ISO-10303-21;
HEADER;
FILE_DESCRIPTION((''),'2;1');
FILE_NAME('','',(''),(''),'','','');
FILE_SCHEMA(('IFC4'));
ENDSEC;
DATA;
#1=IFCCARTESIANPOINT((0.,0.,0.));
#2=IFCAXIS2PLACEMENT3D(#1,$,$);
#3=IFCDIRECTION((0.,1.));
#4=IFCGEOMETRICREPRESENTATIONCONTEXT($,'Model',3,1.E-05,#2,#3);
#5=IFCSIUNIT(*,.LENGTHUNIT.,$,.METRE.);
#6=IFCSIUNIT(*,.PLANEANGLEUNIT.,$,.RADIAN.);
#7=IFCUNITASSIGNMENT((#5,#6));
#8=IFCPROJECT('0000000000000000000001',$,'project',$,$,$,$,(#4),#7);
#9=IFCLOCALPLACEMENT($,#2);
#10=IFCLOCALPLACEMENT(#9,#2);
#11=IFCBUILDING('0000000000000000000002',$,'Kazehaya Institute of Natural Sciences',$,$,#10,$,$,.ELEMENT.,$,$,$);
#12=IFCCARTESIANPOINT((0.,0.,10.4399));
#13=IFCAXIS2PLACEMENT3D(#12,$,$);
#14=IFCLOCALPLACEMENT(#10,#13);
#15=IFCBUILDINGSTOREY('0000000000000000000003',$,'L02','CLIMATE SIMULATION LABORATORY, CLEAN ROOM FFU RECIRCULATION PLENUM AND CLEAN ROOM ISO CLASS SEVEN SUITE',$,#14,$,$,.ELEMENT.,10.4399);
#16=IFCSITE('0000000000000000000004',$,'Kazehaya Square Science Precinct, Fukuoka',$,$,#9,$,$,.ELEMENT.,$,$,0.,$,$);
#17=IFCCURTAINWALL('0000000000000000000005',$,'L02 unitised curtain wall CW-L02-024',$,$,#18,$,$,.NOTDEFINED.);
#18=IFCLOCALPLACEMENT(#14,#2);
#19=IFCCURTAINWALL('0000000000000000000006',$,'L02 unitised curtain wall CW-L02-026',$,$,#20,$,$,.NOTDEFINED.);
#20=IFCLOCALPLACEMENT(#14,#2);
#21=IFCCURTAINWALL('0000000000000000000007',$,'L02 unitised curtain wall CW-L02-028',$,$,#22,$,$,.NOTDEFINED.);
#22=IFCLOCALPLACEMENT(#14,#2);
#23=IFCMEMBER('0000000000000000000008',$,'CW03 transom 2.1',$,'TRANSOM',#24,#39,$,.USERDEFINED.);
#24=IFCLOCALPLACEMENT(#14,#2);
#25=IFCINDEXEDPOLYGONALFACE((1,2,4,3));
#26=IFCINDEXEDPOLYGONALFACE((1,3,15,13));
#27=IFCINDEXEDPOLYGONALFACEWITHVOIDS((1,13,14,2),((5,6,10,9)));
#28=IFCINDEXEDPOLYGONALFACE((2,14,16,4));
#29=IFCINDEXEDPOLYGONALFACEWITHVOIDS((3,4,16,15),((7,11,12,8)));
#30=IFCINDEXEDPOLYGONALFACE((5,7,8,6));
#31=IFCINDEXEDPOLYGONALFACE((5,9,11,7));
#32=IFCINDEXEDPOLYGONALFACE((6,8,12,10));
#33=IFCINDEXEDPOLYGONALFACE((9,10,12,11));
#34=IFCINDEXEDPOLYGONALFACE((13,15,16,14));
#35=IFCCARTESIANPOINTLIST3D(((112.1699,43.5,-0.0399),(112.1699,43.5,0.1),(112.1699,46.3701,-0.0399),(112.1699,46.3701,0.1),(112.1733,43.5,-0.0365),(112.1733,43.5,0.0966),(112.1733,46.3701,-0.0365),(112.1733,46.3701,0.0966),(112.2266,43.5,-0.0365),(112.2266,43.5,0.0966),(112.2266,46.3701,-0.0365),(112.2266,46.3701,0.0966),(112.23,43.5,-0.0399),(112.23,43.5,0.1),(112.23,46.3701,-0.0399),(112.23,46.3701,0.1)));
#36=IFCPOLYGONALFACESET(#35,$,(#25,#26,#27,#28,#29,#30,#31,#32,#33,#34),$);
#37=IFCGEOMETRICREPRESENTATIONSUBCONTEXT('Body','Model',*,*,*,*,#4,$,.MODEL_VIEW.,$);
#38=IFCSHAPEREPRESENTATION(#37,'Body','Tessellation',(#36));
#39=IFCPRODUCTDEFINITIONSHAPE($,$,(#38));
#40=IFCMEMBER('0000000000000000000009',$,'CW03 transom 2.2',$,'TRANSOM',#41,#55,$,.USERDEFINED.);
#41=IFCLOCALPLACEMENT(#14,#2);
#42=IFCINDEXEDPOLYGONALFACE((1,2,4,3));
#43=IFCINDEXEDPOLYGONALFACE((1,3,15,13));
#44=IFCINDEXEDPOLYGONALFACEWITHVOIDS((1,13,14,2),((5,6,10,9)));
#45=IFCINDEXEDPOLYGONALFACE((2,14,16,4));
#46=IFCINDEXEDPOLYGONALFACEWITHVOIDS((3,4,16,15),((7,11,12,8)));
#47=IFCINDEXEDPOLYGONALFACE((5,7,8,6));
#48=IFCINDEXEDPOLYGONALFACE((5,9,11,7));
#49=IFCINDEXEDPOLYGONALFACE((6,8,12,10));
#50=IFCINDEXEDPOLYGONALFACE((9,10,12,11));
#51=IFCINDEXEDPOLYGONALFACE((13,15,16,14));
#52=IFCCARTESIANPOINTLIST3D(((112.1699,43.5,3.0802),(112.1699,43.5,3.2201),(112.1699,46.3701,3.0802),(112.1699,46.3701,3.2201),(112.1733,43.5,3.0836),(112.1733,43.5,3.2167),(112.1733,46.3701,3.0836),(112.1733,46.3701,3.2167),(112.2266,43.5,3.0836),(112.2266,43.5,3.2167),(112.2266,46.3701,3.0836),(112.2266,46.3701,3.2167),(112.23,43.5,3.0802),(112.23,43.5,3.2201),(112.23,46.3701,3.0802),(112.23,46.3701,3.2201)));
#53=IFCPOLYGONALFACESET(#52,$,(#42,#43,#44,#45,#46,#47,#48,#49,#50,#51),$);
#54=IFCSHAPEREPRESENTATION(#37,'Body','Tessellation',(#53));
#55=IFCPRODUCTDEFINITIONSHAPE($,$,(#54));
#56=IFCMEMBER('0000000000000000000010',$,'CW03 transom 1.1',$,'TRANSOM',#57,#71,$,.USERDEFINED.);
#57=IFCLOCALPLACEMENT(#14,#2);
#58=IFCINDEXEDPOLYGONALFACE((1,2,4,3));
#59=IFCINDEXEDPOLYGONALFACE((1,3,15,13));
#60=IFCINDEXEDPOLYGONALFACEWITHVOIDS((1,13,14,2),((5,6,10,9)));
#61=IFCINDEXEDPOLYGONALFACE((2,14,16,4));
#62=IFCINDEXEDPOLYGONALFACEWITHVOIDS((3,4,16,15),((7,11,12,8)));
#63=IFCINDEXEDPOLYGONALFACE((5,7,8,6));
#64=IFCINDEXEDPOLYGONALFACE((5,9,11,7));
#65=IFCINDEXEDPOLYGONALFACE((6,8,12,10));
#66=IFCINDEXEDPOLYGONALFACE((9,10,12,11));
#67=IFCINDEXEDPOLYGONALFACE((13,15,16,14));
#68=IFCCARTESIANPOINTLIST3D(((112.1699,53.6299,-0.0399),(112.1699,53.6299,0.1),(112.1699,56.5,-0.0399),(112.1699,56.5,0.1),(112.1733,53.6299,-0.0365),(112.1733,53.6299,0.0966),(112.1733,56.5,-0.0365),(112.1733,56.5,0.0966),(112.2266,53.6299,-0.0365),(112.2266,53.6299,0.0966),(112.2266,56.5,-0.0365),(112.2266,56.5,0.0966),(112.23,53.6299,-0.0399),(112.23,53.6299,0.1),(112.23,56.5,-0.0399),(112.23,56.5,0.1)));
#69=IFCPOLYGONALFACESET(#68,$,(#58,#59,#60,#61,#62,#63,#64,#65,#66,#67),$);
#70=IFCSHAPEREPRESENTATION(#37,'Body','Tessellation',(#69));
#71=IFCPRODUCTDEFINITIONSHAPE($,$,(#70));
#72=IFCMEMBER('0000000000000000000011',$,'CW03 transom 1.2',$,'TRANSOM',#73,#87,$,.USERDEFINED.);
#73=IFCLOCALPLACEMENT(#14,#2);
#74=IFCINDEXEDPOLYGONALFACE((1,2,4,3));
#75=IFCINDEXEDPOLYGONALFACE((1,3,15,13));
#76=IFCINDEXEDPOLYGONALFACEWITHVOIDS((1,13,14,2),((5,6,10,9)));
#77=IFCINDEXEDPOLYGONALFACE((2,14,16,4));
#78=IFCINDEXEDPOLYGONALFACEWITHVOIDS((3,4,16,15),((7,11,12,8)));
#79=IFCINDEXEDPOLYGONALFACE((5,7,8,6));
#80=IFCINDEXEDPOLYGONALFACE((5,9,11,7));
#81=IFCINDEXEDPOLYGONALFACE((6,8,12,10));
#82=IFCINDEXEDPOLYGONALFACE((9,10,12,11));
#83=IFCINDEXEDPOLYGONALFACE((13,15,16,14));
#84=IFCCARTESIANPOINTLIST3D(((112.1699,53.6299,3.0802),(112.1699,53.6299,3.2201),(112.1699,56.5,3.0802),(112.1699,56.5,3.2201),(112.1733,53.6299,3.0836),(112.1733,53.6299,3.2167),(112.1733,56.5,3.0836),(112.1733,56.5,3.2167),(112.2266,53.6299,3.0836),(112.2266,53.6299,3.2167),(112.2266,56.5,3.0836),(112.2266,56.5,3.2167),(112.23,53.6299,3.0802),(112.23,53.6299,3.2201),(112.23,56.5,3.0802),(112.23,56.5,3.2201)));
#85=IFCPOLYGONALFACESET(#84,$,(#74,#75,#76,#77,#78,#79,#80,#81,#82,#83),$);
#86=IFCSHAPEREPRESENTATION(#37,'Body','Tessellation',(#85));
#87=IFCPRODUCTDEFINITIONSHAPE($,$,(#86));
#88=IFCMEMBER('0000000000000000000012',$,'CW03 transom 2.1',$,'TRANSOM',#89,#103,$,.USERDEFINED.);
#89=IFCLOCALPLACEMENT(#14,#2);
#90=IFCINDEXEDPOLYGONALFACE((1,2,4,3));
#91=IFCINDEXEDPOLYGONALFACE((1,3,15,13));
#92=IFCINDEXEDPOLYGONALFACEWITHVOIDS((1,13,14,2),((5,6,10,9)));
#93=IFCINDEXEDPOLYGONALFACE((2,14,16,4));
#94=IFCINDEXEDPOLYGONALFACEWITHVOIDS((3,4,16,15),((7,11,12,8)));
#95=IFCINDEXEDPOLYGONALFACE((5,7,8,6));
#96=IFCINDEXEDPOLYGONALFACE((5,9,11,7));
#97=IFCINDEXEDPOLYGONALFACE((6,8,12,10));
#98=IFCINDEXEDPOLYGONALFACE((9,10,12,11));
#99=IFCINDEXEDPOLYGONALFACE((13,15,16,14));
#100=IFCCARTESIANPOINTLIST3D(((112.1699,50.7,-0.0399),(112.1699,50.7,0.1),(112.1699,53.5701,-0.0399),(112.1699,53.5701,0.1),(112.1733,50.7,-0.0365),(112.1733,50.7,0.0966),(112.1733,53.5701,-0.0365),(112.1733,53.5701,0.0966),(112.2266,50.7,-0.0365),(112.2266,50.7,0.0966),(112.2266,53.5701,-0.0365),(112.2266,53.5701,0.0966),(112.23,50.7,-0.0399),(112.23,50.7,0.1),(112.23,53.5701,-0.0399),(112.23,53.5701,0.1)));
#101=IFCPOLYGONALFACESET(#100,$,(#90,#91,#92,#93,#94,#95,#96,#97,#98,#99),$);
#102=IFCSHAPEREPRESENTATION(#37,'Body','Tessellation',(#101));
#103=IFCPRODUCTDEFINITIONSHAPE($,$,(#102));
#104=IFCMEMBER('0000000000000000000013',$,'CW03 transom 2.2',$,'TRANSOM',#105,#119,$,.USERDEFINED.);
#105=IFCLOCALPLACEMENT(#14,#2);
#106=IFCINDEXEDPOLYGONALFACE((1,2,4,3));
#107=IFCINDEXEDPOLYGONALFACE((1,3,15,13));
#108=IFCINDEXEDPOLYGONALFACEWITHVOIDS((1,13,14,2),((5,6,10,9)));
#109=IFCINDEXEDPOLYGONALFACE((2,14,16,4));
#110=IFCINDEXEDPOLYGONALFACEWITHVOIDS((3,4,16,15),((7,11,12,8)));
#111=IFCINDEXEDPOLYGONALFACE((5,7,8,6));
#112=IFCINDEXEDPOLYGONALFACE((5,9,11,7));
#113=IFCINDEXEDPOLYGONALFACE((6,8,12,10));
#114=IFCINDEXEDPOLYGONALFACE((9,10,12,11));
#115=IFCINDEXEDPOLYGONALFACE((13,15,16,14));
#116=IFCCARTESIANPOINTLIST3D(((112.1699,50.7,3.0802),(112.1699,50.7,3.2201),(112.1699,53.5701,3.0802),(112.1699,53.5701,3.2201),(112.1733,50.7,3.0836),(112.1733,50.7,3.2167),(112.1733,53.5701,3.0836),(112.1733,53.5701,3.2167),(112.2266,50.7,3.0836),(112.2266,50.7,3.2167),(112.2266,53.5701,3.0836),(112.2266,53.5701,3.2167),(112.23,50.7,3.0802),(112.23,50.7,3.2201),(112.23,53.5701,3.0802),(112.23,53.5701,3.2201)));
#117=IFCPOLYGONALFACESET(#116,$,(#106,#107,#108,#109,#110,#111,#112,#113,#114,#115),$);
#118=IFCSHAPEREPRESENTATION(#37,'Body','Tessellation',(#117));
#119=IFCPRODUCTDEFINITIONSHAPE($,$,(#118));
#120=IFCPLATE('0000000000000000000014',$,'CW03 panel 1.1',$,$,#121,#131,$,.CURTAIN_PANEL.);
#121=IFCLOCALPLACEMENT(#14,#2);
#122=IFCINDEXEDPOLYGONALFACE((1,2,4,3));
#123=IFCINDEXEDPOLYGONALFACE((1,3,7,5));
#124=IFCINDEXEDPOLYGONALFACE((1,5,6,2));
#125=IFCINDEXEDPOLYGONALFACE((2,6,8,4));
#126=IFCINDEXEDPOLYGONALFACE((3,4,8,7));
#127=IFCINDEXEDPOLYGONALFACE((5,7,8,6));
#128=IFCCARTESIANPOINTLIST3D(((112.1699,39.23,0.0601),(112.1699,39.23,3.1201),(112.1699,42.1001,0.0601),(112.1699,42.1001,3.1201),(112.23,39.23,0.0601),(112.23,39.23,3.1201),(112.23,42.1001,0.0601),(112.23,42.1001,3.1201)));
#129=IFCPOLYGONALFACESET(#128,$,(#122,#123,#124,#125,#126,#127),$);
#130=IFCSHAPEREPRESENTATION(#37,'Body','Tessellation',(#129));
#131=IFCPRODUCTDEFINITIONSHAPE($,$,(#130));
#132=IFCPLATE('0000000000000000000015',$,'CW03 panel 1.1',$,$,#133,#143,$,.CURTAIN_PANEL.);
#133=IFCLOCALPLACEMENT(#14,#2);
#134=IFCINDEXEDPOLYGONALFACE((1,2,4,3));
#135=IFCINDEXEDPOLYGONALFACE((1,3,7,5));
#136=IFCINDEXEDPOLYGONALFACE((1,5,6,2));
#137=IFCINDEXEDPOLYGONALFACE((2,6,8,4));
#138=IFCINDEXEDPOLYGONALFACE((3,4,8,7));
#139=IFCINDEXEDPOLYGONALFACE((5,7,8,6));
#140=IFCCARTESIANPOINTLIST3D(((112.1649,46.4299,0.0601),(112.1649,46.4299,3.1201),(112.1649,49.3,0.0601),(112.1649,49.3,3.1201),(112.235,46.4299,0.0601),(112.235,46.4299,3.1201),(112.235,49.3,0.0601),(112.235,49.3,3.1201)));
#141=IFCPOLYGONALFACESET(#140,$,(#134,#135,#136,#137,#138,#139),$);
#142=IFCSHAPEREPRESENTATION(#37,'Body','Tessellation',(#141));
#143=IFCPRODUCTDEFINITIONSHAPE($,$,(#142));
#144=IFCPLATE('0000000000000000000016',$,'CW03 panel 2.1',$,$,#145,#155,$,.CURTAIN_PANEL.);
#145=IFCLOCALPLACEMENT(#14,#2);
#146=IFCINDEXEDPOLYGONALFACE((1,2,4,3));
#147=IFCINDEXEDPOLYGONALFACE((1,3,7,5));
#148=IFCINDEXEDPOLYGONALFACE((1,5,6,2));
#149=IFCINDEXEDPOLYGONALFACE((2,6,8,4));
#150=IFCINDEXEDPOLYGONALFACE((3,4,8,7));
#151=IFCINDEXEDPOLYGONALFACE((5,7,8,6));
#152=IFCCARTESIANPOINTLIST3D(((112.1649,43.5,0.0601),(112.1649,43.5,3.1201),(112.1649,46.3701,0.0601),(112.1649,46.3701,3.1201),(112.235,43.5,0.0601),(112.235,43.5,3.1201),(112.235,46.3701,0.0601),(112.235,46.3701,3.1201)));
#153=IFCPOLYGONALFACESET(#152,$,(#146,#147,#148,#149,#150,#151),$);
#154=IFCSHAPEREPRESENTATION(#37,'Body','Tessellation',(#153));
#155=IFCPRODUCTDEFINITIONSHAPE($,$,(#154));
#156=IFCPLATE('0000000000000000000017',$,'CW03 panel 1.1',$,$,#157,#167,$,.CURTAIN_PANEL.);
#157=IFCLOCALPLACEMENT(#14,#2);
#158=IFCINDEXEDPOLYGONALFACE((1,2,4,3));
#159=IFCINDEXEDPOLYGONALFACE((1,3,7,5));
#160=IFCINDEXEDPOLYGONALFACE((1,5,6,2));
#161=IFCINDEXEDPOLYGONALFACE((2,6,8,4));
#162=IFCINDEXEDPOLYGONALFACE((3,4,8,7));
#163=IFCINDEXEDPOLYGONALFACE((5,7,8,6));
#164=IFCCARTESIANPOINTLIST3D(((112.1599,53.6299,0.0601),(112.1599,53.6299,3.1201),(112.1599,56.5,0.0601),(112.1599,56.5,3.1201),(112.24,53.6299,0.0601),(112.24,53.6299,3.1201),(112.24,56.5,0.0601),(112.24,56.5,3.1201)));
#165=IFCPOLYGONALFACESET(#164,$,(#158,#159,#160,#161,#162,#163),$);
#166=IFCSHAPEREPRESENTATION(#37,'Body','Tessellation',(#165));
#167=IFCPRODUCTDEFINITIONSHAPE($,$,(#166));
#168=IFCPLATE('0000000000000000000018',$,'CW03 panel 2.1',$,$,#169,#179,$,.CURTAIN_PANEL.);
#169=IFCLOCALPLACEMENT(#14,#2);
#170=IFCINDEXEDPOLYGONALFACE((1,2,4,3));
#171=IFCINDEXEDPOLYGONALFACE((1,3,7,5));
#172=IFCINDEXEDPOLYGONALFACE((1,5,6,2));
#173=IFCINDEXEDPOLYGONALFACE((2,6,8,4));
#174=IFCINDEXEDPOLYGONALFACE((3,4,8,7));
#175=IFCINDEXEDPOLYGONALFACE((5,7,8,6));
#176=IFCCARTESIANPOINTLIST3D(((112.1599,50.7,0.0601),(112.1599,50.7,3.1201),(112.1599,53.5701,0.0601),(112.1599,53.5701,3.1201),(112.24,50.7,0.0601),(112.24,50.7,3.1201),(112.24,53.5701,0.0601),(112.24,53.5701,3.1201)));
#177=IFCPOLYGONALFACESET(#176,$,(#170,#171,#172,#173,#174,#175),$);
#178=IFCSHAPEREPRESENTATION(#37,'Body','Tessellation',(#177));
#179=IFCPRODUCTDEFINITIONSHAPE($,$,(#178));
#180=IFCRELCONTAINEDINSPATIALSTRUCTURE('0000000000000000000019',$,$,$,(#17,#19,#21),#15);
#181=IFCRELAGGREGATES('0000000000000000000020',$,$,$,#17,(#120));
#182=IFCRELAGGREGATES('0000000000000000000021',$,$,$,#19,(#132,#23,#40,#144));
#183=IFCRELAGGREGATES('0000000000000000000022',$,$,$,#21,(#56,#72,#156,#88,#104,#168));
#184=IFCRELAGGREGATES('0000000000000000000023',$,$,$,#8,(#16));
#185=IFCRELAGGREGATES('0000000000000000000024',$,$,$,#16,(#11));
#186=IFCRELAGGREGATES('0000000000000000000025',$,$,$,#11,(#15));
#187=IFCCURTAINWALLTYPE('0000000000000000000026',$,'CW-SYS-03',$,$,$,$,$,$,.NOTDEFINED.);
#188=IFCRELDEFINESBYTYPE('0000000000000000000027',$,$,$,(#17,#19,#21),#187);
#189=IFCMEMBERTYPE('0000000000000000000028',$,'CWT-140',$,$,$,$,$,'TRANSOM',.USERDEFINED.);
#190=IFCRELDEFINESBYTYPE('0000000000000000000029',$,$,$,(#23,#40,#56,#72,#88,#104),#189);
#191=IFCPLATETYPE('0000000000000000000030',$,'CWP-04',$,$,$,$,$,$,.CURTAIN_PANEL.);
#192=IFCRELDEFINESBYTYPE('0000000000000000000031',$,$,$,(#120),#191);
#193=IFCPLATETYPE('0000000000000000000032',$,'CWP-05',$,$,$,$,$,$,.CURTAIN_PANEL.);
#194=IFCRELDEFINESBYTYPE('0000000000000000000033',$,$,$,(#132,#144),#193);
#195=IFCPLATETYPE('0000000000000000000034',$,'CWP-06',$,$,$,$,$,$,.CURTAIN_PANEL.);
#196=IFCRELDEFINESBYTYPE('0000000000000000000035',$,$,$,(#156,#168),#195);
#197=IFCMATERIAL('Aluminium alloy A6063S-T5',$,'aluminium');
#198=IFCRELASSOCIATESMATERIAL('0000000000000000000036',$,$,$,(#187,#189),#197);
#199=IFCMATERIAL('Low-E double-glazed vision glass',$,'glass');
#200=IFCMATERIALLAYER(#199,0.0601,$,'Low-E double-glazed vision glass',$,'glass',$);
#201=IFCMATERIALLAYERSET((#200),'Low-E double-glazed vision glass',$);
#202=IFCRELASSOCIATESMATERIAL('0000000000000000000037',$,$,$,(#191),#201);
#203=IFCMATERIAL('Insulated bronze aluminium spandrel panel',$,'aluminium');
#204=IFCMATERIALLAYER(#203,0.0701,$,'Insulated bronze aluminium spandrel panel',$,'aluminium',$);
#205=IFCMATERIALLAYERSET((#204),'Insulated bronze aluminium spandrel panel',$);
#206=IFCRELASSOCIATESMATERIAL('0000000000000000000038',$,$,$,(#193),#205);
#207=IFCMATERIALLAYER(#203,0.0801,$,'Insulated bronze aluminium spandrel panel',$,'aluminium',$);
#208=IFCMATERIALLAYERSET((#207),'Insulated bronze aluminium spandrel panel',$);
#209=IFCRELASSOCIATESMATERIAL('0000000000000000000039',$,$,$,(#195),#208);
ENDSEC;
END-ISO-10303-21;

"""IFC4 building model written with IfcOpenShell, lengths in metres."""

from ifc_helpers import new_model, si_unit, direction, frame, origin, origin_2d, place, context, subcontext, project, spatial, rectangle, hollow_rectangle, extrude, material, layer, layer_set, material_profile, profile_set, type_object, element, aggregate, save


model = new_model("IFC4")

# Units and contexts
model_context = context("Model", 3, precision=1e-05, world=origin(), true_north=direction((0.0, 1.0)))
body_context = subcontext(model_context, "Body", "Model", "MODEL_VIEW")
ifc_project = project(units=[si_unit("LENGTHUNIT", "METRE"), si_unit("PLANEANGLEUNIT", "RADIAN")], contexts=[model_context])

# Site, building, storey
site_placement = place(None, origin())
site = spatial("IfcSite", under=ifc_project, at=site_placement, Name="Kazehaya Square Science Precinct, Fukuoka", CompositionType="ELEMENT", RefElevation=0.0)
building_placement = place(site_placement, origin())
building = spatial("IfcBuilding", under=site, at=building_placement, Name="Kazehaya Institute of Natural Sciences", CompositionType="ELEMENT")
storey_placement = place(building_placement, frame((0.0, 0.0, 10.4399)))
storey = spatial("IfcBuildingStorey", under=building, at=storey_placement, Name="L02", Description="CLIMATE SIMULATION LABORATORY, CLEAN ROOM FFU RECIRCULATION PLENUM AND CLEAN ROOM ISO CLASS SEVEN SUITE", CompositionType="ELEMENT", Elevation=10.4399)

# Curtain walls
ifc_material_1 = material(Name="Aluminium alloy A6063S-T5", Category="aluminium")
curtain_wall_type = type_object("IfcCurtainWallType", Name="CW-SYS-03", PredefinedType="NOTDEFINED", material=ifc_material_1)
curtain_wall_1_placement = place(storey_placement, origin())
curtain_wall_1 = element("IfcCurtainWall", 1, at=curtain_wall_1_placement, inside=storey, type_object=curtain_wall_type, Name="L02 unitised curtain wall CW-L02-024", PredefinedType="NOTDEFINED")
curtain_wall_2_placement = place(storey_placement, origin())
curtain_wall_2 = element("IfcCurtainWall", 2, at=curtain_wall_2_placement, inside=storey, type_object=curtain_wall_type, Name="L02 unitised curtain wall CW-L02-026", PredefinedType="NOTDEFINED")
curtain_wall_3_placement = place(storey_placement, origin())
curtain_wall_3 = element("IfcCurtainWall", 3, at=curtain_wall_3_placement, inside=storey, type_object=curtain_wall_type, Name="L02 unitised curtain wall CW-L02-028", PredefinedType="NOTDEFINED")

# Members
ifc_material_profile_1 = material_profile(ifc_material_1, hollow_rectangle(XDim=0.0601, YDim=0.1399, WallThickness=0.0034, at=origin_2d()), Name="ALU-60x140x3.5")
ifc_profile_set_1 = profile_set([ifc_material_profile_1], Name="Aluminium alloy A6063S-T5")
member_type_1 = type_object("IfcMemberType", Name="CWT-140", ElementType="TRANSOM", PredefinedType="USERDEFINED", material=ifc_profile_set_1)
member_1_placement = place(storey_placement, frame((112.2, 46.3701, 0.03), z_axis=(0.0, -1.0, 0.0), x_axis=(1.0, 0.0, 0.0)))
member_1 = element("IfcMember", 4, at=member_1_placement, type_object=member_type_1, Name="CW03 transom 2.1", ObjectType="TRANSOM", PredefinedType="USERDEFINED", context=body_context, shape_type="SweptSolid", body=[
    extrude(hollow_rectangle(XDim=0.0601, YDim=0.1399, WallThickness=0.0034, at=origin_2d()), origin(), (0.0, 0.0, 1.0), 2.8701),
])
member_2_placement = place(storey_placement, frame((112.2, 46.3701, 3.1501), z_axis=(0.0, -1.0, 0.0), x_axis=(1.0, 0.0, 0.0)))
member_2 = element("IfcMember", 5, at=member_2_placement, type_object=member_type_1, Name="CW03 transom 2.2", ObjectType="TRANSOM", PredefinedType="USERDEFINED", context=body_context, shape_type="SweptSolid", body=[
    extrude(hollow_rectangle(XDim=0.0601, YDim=0.1399, WallThickness=0.0034, at=origin_2d()), origin(), (0.0, 0.0, 1.0), 2.8701),
])
member_3_placement = place(storey_placement, frame((112.2, 56.5, 0.03), z_axis=(0.0, -1.0, 0.0), x_axis=(1.0, 0.0, 0.0)))
member_3 = element("IfcMember", 6, at=member_3_placement, type_object=member_type_1, Name="CW03 transom 1.1", ObjectType="TRANSOM", PredefinedType="USERDEFINED", context=body_context, shape_type="SweptSolid", body=[
    extrude(hollow_rectangle(XDim=0.0601, YDim=0.1399, WallThickness=0.0034, at=origin_2d()), origin(), (0.0, 0.0, 1.0), 2.8701),
])
member_4_placement = place(storey_placement, frame((112.2, 56.5, 3.1501), z_axis=(0.0, -1.0, 0.0), x_axis=(1.0, 0.0, 0.0)))
member_4 = element("IfcMember", 7, at=member_4_placement, type_object=member_type_1, Name="CW03 transom 1.2", ObjectType="TRANSOM", PredefinedType="USERDEFINED", context=body_context, shape_type="SweptSolid", body=[
    extrude(hollow_rectangle(XDim=0.0601, YDim=0.1399, WallThickness=0.0034, at=origin_2d()), origin(), (0.0, 0.0, 1.0), 2.8701),
])
member_5_placement = place(storey_placement, frame((112.2, 53.5701, 0.03), z_axis=(0.0, -1.0, 0.0), x_axis=(1.0, 0.0, 0.0)))
member_5 = element("IfcMember", 8, at=member_5_placement, type_object=member_type_1, Name="CW03 transom 2.1", ObjectType="TRANSOM", PredefinedType="USERDEFINED", context=body_context, shape_type="SweptSolid", body=[
    extrude(hollow_rectangle(XDim=0.0601, YDim=0.1399, WallThickness=0.0034, at=origin_2d()), origin(), (0.0, 0.0, 1.0), 2.8701),
])
member_6_placement = place(storey_placement, frame((112.2, 53.5701, 3.1501), z_axis=(0.0, -1.0, 0.0), x_axis=(1.0, 0.0, 0.0)))
member_6 = element("IfcMember", 9, at=member_6_placement, type_object=member_type_1, Name="CW03 transom 2.2", ObjectType="TRANSOM", PredefinedType="USERDEFINED", context=body_context, shape_type="SweptSolid", body=[
    extrude(hollow_rectangle(XDim=0.0601, YDim=0.1399, WallThickness=0.0034, at=origin_2d()), origin(), (0.0, 0.0, 1.0), 2.8701),
])

# Plates
ifc_material_2 = material(Name="Low-E double-glazed vision glass", Category="glass")
ifc_layer_1 = layer(ifc_material_2, 0.0601, Name="Low-E double-glazed vision glass", Category="glass")
ifc_layer_set_1 = layer_set([ifc_layer_1], Name="Low-E double-glazed vision glass")
plate_type_1 = type_object("IfcPlateType", Name="CWP-04", PredefinedType="CURTAIN_PANEL", material=ifc_layer_set_1)
plate_1_placement = place(storey_placement, frame((112.2, 40.665, 0.0601), z_axis=(0.0, 0.0, 1.0), x_axis=(0.0, -1.0, 0.0)))
plate_1 = element("IfcPlate", 10, at=plate_1_placement, type_object=plate_type_1, Name="CW03 panel 1.1", PredefinedType="CURTAIN_PANEL", context=body_context, shape_type="SweptSolid", body=[
    extrude(rectangle(XDim=2.8701, YDim=0.0601, at=origin_2d()), origin(), (0.0, 0.0, 1.0), 3.0601),
])
aggregate(curtain_wall_1, [plate_1])
ifc_material_3 = material(Name="Insulated bronze aluminium spandrel panel", Category="aluminium")
ifc_layer_2 = layer(ifc_material_3, 0.0701, Name="Insulated bronze aluminium spandrel panel", Category="aluminium")
ifc_layer_set_2 = layer_set([ifc_layer_2], Name="Insulated bronze aluminium spandrel panel")
plate_type_2 = type_object("IfcPlateType", Name="CWP-05", PredefinedType="CURTAIN_PANEL", material=ifc_layer_set_2)
plate_2_placement = place(storey_placement, frame((112.2, 47.865, 0.0601), z_axis=(0.0, 0.0, 1.0), x_axis=(0.0, -1.0, 0.0)))
plate_2 = element("IfcPlate", 11, at=plate_2_placement, type_object=plate_type_2, Name="CW03 panel 1.1", PredefinedType="CURTAIN_PANEL", context=body_context, shape_type="SweptSolid", body=[
    extrude(rectangle(XDim=2.8701, YDim=0.0701, at=origin_2d()), origin(), (0.0, 0.0, 1.0), 3.0601),
])
plate_3_placement = place(storey_placement, frame((112.2, 44.9351, 0.0601), z_axis=(0.0, 0.0, 1.0), x_axis=(0.0, -1.0, 0.0)))
plate_3 = element("IfcPlate", 12, at=plate_3_placement, type_object=plate_type_2, Name="CW03 panel 2.1", PredefinedType="CURTAIN_PANEL", context=body_context, shape_type="SweptSolid", body=[
    extrude(rectangle(XDim=2.8701, YDim=0.0701, at=origin_2d()), origin(), (0.0, 0.0, 1.0), 3.0601),
])
aggregate(curtain_wall_2, [plate_2, member_1, member_2, plate_3])
ifc_layer_3 = layer(ifc_material_3, 0.0801, Name="Insulated bronze aluminium spandrel panel", Category="aluminium")
ifc_layer_set_3 = layer_set([ifc_layer_3], Name="Insulated bronze aluminium spandrel panel")
plate_type_3 = type_object("IfcPlateType", Name="CWP-06", PredefinedType="CURTAIN_PANEL", material=ifc_layer_set_3)
plate_4_placement = place(storey_placement, frame((112.2, 55.0649, 0.0601), z_axis=(0.0, 0.0, 1.0), x_axis=(0.0, -1.0, 0.0)))
plate_4 = element("IfcPlate", 13, at=plate_4_placement, type_object=plate_type_3, Name="CW03 panel 1.1", PredefinedType="CURTAIN_PANEL", context=body_context, shape_type="SweptSolid", body=[
    extrude(rectangle(XDim=2.8701, YDim=0.0801, at=origin_2d()), origin(), (0.0, 0.0, 1.0), 3.0601),
])
plate_5_placement = place(storey_placement, frame((112.2, 52.135, 0.0601), z_axis=(0.0, 0.0, 1.0), x_axis=(0.0, -1.0, 0.0)))
plate_5 = element("IfcPlate", 14, at=plate_5_placement, type_object=plate_type_3, Name="CW03 panel 2.1", PredefinedType="CURTAIN_PANEL", context=body_context, shape_type="SweptSolid", body=[
    extrude(rectangle(XDim=2.8701, YDim=0.0801, at=origin_2d()), origin(), (0.0, 0.0, 1.0), 3.0601),
])
aggregate(curtain_wall_3, [member_3, member_4, plate_4, member_5, member_6, plate_5])

save(model, "model.ifc")
